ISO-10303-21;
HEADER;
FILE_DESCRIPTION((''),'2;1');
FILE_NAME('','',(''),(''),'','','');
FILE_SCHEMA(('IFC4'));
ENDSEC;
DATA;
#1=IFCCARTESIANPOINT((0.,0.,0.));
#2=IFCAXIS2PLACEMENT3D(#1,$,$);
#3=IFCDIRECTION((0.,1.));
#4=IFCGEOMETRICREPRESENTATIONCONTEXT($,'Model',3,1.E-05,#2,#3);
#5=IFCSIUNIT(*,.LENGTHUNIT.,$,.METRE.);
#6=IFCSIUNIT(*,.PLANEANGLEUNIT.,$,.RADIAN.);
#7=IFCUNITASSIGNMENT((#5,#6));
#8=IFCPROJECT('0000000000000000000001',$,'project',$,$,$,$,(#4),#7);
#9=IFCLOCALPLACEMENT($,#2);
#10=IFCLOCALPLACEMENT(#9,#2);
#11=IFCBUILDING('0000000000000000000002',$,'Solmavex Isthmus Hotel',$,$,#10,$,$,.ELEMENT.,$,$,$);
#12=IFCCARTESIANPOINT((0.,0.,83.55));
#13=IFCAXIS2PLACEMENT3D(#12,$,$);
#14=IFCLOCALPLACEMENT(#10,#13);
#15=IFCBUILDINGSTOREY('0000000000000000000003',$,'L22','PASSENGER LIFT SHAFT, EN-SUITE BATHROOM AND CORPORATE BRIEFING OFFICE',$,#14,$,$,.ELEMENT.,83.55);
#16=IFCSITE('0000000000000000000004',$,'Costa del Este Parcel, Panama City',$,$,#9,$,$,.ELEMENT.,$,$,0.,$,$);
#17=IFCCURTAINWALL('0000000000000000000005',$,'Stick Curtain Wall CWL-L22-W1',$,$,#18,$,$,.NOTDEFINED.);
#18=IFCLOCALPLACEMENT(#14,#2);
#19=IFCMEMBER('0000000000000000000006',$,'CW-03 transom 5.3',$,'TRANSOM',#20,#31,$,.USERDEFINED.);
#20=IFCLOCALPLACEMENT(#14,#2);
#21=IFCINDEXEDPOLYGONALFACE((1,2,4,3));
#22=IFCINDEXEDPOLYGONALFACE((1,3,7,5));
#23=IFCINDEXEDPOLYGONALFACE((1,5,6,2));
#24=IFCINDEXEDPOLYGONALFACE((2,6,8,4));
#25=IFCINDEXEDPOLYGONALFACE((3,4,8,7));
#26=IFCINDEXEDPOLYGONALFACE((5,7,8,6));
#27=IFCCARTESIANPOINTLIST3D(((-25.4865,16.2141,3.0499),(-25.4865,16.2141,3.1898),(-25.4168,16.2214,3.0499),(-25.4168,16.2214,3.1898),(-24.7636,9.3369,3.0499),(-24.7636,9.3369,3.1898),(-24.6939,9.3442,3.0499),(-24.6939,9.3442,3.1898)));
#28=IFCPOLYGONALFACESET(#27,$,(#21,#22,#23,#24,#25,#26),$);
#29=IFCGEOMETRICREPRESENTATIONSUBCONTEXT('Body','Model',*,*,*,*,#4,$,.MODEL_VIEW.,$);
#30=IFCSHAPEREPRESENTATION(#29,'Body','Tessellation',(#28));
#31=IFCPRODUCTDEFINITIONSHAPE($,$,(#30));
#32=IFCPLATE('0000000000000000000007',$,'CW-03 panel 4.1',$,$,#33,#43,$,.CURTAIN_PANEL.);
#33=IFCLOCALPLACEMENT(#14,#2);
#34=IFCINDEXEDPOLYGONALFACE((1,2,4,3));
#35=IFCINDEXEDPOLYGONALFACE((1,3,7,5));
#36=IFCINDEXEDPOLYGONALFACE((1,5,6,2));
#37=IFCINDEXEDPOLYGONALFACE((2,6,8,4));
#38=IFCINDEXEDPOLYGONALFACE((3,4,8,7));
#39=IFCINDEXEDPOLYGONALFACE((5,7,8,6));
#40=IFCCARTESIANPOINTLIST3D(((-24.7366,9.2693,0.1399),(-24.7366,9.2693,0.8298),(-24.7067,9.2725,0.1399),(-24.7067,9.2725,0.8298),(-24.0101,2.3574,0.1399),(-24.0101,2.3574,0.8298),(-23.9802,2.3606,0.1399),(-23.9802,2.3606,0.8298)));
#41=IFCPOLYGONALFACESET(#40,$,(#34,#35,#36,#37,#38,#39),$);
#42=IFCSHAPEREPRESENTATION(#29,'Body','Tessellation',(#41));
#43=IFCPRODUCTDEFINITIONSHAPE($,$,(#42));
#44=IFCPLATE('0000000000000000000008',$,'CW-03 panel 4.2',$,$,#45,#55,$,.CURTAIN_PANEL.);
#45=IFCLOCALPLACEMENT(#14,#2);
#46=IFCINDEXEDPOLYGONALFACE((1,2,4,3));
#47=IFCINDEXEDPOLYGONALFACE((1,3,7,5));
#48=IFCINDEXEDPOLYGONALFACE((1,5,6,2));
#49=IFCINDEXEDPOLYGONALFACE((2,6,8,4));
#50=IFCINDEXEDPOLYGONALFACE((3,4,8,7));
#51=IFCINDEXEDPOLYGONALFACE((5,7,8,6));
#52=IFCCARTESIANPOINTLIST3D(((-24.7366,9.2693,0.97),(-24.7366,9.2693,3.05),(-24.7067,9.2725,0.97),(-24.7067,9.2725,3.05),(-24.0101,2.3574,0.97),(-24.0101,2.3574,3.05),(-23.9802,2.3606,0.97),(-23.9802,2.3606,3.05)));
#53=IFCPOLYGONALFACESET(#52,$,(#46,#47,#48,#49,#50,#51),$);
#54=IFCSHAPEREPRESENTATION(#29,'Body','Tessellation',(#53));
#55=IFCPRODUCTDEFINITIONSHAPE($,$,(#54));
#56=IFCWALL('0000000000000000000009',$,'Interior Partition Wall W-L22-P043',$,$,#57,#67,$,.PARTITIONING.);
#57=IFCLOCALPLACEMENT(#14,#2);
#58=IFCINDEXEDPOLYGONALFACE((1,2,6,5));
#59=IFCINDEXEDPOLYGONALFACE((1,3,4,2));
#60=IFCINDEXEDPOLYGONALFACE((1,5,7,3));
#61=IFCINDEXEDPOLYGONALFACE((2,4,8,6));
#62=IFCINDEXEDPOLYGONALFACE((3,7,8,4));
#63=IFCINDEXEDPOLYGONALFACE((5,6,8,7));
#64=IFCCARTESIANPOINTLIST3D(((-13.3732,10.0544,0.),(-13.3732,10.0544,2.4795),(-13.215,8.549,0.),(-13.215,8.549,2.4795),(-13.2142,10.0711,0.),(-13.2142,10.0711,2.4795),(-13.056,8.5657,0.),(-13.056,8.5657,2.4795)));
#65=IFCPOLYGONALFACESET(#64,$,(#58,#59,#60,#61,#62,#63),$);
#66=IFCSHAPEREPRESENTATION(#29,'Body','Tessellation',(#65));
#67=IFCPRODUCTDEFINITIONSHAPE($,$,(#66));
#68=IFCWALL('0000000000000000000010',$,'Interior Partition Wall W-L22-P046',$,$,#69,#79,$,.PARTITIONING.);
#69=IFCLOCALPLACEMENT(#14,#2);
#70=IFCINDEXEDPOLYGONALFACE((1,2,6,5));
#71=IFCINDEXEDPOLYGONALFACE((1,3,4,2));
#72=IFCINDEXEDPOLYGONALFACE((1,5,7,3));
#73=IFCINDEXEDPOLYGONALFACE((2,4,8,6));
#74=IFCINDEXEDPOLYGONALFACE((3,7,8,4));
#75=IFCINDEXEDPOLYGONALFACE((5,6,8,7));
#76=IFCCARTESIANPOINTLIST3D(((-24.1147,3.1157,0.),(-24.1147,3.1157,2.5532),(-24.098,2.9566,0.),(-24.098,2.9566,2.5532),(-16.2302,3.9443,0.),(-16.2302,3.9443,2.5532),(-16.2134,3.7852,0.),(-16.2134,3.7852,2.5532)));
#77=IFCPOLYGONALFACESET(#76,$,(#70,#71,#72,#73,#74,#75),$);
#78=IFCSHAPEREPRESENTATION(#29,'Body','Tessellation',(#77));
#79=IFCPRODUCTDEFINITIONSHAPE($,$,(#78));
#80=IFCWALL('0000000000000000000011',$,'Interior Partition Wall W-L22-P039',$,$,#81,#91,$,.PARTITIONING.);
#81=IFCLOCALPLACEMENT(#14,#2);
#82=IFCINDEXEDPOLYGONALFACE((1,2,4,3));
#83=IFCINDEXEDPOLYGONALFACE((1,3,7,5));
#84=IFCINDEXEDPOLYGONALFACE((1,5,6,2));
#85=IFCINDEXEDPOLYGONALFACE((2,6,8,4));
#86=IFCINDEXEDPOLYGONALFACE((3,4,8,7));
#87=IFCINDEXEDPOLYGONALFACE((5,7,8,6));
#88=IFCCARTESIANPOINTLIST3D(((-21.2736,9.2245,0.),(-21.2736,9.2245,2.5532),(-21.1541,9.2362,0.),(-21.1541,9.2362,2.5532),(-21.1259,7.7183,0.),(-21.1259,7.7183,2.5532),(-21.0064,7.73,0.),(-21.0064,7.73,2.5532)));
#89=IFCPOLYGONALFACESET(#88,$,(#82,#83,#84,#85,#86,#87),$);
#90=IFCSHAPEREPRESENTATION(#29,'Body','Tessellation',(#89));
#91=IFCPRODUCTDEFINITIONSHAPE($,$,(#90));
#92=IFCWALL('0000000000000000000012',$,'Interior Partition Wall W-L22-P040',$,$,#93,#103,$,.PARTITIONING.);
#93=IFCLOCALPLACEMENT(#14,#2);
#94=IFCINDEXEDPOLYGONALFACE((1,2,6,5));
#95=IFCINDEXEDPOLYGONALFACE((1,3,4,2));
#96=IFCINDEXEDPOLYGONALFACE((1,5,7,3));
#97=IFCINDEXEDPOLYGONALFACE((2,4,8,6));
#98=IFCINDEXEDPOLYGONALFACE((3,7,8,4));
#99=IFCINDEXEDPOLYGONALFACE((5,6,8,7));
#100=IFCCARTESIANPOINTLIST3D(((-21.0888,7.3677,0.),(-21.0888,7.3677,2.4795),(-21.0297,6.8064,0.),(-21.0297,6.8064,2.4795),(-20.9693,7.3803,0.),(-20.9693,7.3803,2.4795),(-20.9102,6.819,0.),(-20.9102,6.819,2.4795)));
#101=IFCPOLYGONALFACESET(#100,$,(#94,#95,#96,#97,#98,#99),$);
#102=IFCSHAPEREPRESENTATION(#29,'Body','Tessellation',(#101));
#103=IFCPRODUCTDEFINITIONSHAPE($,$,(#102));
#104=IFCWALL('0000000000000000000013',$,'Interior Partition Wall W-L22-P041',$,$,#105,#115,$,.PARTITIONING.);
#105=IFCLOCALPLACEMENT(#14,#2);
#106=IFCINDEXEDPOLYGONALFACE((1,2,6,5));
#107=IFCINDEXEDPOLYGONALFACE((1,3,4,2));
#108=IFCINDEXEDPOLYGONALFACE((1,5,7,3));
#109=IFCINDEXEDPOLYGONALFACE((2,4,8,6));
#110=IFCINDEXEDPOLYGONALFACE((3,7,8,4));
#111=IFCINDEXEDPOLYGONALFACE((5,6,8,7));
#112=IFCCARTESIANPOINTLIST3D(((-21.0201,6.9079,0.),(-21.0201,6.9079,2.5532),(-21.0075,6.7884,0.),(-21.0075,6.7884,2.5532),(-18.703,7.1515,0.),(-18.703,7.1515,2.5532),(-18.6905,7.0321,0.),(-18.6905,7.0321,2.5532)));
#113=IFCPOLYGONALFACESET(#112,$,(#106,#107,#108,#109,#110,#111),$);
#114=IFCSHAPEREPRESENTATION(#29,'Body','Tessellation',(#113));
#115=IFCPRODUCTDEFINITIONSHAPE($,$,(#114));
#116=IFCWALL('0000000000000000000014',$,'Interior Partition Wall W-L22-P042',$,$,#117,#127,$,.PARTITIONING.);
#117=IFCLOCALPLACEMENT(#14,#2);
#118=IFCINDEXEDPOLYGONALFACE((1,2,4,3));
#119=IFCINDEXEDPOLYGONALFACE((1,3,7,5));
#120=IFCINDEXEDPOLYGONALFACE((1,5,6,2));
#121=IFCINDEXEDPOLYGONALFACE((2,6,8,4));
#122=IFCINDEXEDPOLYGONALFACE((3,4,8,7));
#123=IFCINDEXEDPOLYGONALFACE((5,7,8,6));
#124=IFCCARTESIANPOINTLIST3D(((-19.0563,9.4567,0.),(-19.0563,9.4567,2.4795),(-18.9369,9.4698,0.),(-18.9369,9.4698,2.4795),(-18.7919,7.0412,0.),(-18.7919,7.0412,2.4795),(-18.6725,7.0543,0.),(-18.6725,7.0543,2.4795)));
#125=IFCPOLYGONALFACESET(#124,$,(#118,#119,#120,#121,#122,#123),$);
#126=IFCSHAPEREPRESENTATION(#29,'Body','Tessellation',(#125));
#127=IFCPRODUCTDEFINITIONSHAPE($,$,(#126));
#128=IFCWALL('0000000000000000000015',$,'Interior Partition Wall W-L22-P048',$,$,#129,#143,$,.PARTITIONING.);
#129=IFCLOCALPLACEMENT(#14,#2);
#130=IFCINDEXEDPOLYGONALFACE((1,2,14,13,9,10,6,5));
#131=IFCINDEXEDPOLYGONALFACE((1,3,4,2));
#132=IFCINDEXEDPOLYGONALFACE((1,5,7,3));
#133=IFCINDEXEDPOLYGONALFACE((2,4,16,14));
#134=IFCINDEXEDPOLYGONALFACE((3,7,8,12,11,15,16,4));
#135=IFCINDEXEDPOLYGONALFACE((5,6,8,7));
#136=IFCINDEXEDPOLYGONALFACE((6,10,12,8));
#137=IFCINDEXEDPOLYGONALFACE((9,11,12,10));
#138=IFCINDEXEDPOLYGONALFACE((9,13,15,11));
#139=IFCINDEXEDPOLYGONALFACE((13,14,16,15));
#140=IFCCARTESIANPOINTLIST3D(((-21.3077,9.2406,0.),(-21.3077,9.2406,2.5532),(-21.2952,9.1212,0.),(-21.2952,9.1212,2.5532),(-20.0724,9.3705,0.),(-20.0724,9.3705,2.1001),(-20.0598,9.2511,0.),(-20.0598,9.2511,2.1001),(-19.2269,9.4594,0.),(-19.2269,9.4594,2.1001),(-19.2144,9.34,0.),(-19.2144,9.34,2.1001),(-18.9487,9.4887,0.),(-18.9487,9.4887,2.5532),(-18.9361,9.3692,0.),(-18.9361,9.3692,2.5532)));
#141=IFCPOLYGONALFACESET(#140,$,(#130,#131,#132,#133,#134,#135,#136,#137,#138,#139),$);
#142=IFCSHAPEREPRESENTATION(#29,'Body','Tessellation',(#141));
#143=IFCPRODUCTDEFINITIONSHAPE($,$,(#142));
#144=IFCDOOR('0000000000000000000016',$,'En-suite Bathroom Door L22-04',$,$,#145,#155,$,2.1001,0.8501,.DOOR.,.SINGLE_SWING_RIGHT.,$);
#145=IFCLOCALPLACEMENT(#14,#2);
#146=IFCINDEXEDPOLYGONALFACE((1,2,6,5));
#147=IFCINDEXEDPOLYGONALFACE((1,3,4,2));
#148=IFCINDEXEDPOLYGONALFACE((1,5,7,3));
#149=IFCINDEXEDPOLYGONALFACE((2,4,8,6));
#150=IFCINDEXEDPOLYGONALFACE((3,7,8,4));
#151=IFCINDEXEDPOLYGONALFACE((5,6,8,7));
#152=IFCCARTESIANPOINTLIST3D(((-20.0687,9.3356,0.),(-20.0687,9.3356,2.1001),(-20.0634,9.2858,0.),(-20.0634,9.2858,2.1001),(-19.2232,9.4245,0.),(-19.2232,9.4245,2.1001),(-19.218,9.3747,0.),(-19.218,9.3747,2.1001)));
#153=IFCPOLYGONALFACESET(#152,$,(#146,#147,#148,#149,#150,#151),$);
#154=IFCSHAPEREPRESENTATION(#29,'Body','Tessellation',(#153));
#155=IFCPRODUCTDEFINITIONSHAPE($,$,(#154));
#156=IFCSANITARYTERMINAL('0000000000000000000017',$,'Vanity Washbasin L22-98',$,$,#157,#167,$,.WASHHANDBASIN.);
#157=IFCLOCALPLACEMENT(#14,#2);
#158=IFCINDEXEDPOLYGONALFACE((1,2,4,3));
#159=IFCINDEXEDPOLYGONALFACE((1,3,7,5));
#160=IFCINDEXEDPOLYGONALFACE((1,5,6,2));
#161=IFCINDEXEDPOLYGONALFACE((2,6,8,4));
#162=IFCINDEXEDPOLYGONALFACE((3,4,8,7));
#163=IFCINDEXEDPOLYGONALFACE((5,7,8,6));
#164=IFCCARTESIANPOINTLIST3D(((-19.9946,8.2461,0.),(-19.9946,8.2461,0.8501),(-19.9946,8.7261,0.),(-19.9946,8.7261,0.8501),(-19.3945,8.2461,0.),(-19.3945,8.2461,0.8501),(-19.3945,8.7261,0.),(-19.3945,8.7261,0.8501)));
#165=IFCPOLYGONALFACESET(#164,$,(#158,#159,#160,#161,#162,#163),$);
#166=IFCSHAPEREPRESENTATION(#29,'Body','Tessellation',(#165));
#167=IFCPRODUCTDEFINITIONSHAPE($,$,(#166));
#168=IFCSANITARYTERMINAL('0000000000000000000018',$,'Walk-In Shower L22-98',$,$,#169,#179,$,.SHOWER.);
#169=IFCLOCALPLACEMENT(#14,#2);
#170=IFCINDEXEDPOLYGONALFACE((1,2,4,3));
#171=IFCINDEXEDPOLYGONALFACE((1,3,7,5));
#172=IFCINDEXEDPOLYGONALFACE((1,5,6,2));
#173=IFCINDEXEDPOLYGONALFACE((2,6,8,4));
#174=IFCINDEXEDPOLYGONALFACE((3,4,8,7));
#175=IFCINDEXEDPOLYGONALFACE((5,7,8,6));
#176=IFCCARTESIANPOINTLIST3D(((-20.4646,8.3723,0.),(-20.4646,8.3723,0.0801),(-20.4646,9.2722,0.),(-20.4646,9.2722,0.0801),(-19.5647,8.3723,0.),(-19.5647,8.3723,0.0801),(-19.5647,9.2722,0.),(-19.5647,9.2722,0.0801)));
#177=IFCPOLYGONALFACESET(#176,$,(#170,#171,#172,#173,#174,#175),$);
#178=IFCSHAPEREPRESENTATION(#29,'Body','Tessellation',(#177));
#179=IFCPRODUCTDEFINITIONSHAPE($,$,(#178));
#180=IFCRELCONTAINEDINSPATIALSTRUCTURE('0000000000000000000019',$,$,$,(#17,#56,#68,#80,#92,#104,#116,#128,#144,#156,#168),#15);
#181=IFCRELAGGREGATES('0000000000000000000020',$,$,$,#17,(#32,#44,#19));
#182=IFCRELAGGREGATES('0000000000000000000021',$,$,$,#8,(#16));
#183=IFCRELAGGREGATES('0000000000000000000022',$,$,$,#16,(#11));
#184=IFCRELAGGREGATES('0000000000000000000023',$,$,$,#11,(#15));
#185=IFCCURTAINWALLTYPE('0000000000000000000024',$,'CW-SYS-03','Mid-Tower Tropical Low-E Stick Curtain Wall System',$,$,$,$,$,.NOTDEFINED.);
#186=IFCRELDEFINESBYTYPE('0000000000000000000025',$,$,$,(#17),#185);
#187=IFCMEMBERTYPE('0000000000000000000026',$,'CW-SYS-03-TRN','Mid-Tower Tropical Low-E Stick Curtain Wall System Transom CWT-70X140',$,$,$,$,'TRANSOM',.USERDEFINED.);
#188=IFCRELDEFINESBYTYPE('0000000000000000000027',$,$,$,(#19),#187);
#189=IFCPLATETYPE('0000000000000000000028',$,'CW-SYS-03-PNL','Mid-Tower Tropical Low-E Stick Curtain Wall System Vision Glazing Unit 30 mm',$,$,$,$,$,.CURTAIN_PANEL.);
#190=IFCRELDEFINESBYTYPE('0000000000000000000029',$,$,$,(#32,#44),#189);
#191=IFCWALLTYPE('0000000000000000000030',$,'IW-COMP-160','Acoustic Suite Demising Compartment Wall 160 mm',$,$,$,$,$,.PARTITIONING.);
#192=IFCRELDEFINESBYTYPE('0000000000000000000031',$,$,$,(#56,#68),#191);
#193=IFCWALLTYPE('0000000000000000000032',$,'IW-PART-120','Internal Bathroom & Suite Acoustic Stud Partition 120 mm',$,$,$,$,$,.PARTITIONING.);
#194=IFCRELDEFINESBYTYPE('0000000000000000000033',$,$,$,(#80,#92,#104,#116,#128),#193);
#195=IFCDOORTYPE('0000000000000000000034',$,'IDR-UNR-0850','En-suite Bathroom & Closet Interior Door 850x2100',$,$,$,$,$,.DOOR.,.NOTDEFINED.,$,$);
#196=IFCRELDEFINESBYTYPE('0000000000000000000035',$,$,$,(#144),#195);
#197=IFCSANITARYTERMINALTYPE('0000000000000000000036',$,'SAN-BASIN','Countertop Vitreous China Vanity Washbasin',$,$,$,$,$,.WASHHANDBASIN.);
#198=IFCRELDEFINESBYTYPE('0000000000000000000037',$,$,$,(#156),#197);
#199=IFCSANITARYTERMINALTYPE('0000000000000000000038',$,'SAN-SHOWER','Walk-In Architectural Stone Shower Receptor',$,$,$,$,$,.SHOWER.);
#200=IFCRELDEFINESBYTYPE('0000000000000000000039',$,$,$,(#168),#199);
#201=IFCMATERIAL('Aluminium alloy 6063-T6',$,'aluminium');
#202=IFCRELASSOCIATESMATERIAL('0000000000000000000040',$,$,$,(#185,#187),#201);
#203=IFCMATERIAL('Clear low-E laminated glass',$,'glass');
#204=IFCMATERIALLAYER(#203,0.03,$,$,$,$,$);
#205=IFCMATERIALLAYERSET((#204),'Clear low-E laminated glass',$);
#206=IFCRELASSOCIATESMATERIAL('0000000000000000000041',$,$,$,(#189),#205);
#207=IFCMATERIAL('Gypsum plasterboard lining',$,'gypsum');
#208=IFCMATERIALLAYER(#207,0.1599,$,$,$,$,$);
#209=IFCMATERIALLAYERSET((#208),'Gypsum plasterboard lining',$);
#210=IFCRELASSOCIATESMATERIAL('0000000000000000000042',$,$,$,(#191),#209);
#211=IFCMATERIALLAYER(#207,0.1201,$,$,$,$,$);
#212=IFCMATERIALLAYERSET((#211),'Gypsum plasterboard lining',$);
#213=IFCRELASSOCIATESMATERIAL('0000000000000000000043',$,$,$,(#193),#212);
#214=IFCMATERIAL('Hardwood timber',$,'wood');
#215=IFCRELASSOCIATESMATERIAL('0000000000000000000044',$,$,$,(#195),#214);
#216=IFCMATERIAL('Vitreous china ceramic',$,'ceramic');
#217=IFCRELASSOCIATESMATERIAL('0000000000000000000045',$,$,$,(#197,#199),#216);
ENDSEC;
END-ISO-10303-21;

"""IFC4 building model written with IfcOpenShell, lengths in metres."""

from ifc_helpers import new_model, si_unit, direction, frame, frame_2d, origin, origin_2d, place, context, subcontext, project, spatial, rectangle, extrude, material, layer, layer_set, material_profile, profile_set, type_object, element, fill, aggregate, save


model = new_model("IFC4")

# Units and contexts
model_context = context("Model", 3, precision=1e-05, world=origin(), true_north=direction((0.0, 1.0)))
body_context = subcontext(model_context, "Body", "Model", "MODEL_VIEW")
ifc_project = project(units=[si_unit("LENGTHUNIT", "METRE"), si_unit("PLANEANGLEUNIT", "RADIAN")], contexts=[model_context])

# Site, building, storey
site_placement = place(None, origin())
site = spatial("IfcSite", under=ifc_project, at=site_placement, Name="Costa del Este Parcel, Panama City", CompositionType="ELEMENT", RefElevation=0.0)
building_placement = place(site_placement, origin())
building = spatial("IfcBuilding", under=site, at=building_placement, Name="Solmavex Isthmus Hotel", CompositionType="ELEMENT")
storey_placement = place(building_placement, frame((0.0, 0.0, 83.55)))
storey = spatial("IfcBuildingStorey", under=building, at=storey_placement, Name="L22", Description="PASSENGER LIFT SHAFT, EN-SUITE BATHROOM AND CORPORATE BRIEFING OFFICE", CompositionType="ELEMENT", Elevation=83.55)

# Curtain wall, member, plates
ifc_material_1 = material(Name="Aluminium alloy 6063-T6", Category="aluminium")
curtain_wall_type = type_object("IfcCurtainWallType", Name="CW-SYS-03", Description="Mid-Tower Tropical Low-E Stick Curtain Wall System", PredefinedType="NOTDEFINED", material=ifc_material_1)
curtain_wall_placement = place(storey_placement, origin())
curtain_wall = element("IfcCurtainWall", 1, at=curtain_wall_placement, inside=storey, type_object=curtain_wall_type, Name="Stick Curtain Wall CWL-L22-W1", PredefinedType="NOTDEFINED")
ifc_material_profile_1 = material_profile(ifc_material_1, rectangle(XDim=0.0701, YDim=0.1399, at=origin_2d()), Name="CWT-70X140")
ifc_profile_set_1 = profile_set([ifc_material_profile_1], Name="Aluminium alloy 6063-T6")
member_type_1 = type_object("IfcMemberType", Name="CW-SYS-03-TRN", Description="Mid-Tower Tropical Low-E Stick Curtain Wall System Transom CWT-70X140", ElementType="TRANSOM", PredefinedType="USERDEFINED", material=ifc_profile_set_1)
member_1_placement = place(storey_placement, frame((-24.7288, 9.3406, 3.1199), z_axis=(-0.10454, 0.994521, 0.0), x_axis=(-0.994521, -0.10454, 0.0)))
member_1 = element("IfcMember", 2, at=member_1_placement, type_object=member_type_1, Name="CW-03 transom 5.3", ObjectType="TRANSOM", PredefinedType="USERDEFINED", context=body_context, shape_type="SweptSolid", body=[
    extrude(rectangle(XDim=0.0701, YDim=0.1399, at=origin_2d()), origin(), (0.0, 0.0, 1.0), 6.915),
])
ifc_material_2 = material(Name="Clear low-E laminated glass", Category="glass")
ifc_layer_1 = layer(ifc_material_2, 0.03)
ifc_layer_set_1 = layer_set([ifc_layer_1], Name="Clear low-E laminated glass")
plate_type = type_object("IfcPlateType", Name="CW-SYS-03-PNL", Description="Mid-Tower Tropical Low-E Stick Curtain Wall System Vision Glazing Unit 30 mm", PredefinedType="CURTAIN_PANEL", material=ifc_layer_set_1)
plate_1_placement = place(storey_placement, frame((-24.3584, 5.8149, 0.1399), z_axis=(0.0, 0.0, 1.0), x_axis=(-0.104528, 0.994522, 0.0)))
plate_1 = element("IfcPlate", 3, at=plate_1_placement, type_object=plate_type, Name="CW-03 panel 4.1", PredefinedType="CURTAIN_PANEL", context=body_context, shape_type="SweptSolid", body=[
    extrude(rectangle(XDim=6.95, YDim=0.03, at=origin_2d()), origin(), (0.0, 0.0, 1.0), 0.6899),
])
plate_2_placement = place(storey_placement, frame((-24.3584, 5.8149, 0.97), z_axis=(0.0, 0.0, 1.0), x_axis=(-0.104528, 0.994522, 0.0)))
plate_2 = element("IfcPlate", 4, at=plate_2_placement, type_object=plate_type, Name="CW-03 panel 4.2", PredefinedType="CURTAIN_PANEL", context=body_context, shape_type="SweptSolid", body=[
    extrude(rectangle(XDim=6.95, YDim=0.03, at=origin_2d()), origin(), (0.0, 0.0, 1.0), 2.0801),
])
aggregate(curtain_wall, [plate_1, plate_2, member_1])

# Shared definitions
ifc_material_3 = material(Name="Gypsum plasterboard lining", Category="gypsum")
ifc_layer_2 = layer(ifc_material_3, 0.1599)
ifc_layer_set_2 = layer_set([ifc_layer_2], Name="Gypsum plasterboard lining")
wall_type_1 = type_object("IfcWallType", Name="IW-COMP-160", Description="Acoustic Suite Demising Compartment Wall 160 mm", PredefinedType="PARTITIONING", material=ifc_layer_set_2)
ifc_material_4 = material(Name="Hardwood timber", Category="wood")

# Walls
wall_1_placement = place(storey_placement, frame((-13.2937, 10.0627, 0.0), z_axis=(0.0, 0.0, 1.0), x_axis=(0.104517, -0.994523, 0.0)))
element("IfcWall", 5, at=wall_1_placement, inside=storey, type_object=wall_type_1, Name="Interior Partition Wall W-L22-P043", PredefinedType="PARTITIONING", context=body_context, shape_type="SweptSolid", body=[
    extrude(rectangle(XDim=1.5137, YDim=0.1599, at=frame_2d((0.7568, 0.0))), origin(), (0.0, 0.0, 1.0), 2.4795),
])
wall_2_placement = place(storey_placement, frame((-16.2219, 3.8647, 0.0), z_axis=(0.0, 0.0, 1.0), x_axis=(-0.994523, -0.104518, 0.0)))
element("IfcWall", 6, at=wall_2_placement, inside=storey, type_object=wall_type_1, Name="Interior Partition Wall W-L22-P046", PredefinedType="PARTITIONING", context=body_context, shape_type="SweptSolid", body=[
    extrude(rectangle(XDim=7.928, YDim=0.1599, at=frame_2d((3.9639, 0.0))), origin(), (0.0, 0.0, 1.0), 2.5532),
])

# Walls
ifc_layer_3 = layer(ifc_material_3, 0.1201)
ifc_layer_set_3 = layer_set([ifc_layer_3], Name="Gypsum plasterboard lining")
wall_type_2 = type_object("IfcWallType", Name="IW-PART-120", Description="Internal Bathroom & Suite Acoustic Stud Partition 120 mm", PredefinedType="PARTITIONING", material=ifc_layer_set_3)
wall_3_placement = place(storey_placement, frame((-21.2139, 9.2305, 0.0), z_axis=(0.0, 0.0, 1.0), x_axis=(0.097603, -0.995225, 0.0)))
element("IfcWall", 7, at=wall_3_placement, inside=storey, type_object=wall_type_2, Name="Interior Partition Wall W-L22-P039", PredefinedType="PARTITIONING", context=body_context, shape_type="SweptSolid", body=[
    extrude(rectangle(XDim=1.5134, YDim=0.1201, at=frame_2d((0.7568, 0.0))), origin(), (0.0, 0.0, 1.0), 2.5532),
])
wall_4_placement = place(storey_placement, frame((-21.0291, 7.374, 0.0), z_axis=(0.0, 0.0, 1.0), x_axis=(0.104685, -0.994505, 0.0)))
element("IfcWall", 8, at=wall_4_placement, inside=storey, type_object=wall_type_2, Name="Interior Partition Wall W-L22-P040", PredefinedType="PARTITIONING", context=body_context, shape_type="SweptSolid", body=[
    extrude(rectangle(XDim=0.5645, YDim=0.1201, at=frame_2d((0.2822, 0.0))), origin(), (0.0, 0.0, 1.0), 2.4795),
])
wall_5_placement = place(storey_placement, frame((-21.0139, 6.8481, 0.0), z_axis=(0.0, 0.0, 1.0), x_axis=(0.994517, 0.104576, 0.0)))
element("IfcWall", 9, at=wall_5_placement, inside=storey, type_object=wall_type_2, Name="Interior Partition Wall W-L22-P041", PredefinedType="PARTITIONING", context=body_context, shape_type="SweptSolid", body=[
    extrude(rectangle(XDim=2.3298, YDim=0.1201, at=frame_2d((1.165, 0.0))), origin(), (0.0, 0.0, 1.0), 2.5532),
])
wall_6_placement = place(storey_placement, frame((-18.7322, 7.0479, 0.0), z_axis=(0.0, 0.0, 1.0), x_axis=(-0.10881, 0.994063, 0.0)))
element("IfcWall", 10, at=wall_6_placement, inside=storey, type_object=wall_type_2, Name="Interior Partition Wall W-L22-P042", PredefinedType="PARTITIONING", context=body_context, shape_type="SweptSolid", body=[
    extrude(rectangle(XDim=2.4299, YDim=0.1201, at=frame_2d((1.2148, 0.0))), origin(), (0.0, 0.0, 1.0), 2.4795),
])

# Wall, opening, door
wall_7_placement = place(storey_placement, frame((-18.9424, 9.429, 0.0), z_axis=(0.0, 0.0, 1.0), x_axis=(-0.994518, -0.104567, 0.0)))
wall_7 = element("IfcWall", 11, at=wall_7_placement, inside=storey, type_object=wall_type_2, Name="Interior Partition Wall W-L22-P048", PredefinedType="PARTITIONING", context=body_context, shape_type="SweptSolid", body=[
    extrude(rectangle(XDim=2.3721, YDim=0.1201, at=frame_2d((1.186, 0.0))), origin(), (0.0, 0.0, 1.0), 2.5532),
])
opening_1_placement = place(wall_7_placement, frame((0.2798, 0.0, 0.0)))
opening_1 = element("IfcOpeningElement", 12, at=opening_1_placement, cuts=wall_7, PredefinedType="OPENING", context=body_context, shape_type="SweptSolid", body=[
    extrude(rectangle(XDim=0.8501, YDim=2.1001, at=frame_2d((0.425, 1.05))), frame((0.0, 0.0701, 0.0), z_axis=(0.0, -1.0, 0.0), x_axis=(1.0, 0.0, 0.0)), (0.0, 0.0, 1.0), 0.1401),
])
door_type_1 = type_object("IfcDoorType", Name="IDR-UNR-0850", Description="En-suite Bathroom & Closet Interior Door 850x2100", OperationType="NOTDEFINED", PredefinedType="DOOR", material=ifc_material_4)
door_1_placement = place(opening_1_placement, frame((0.8501, 0.0, 0.0), z_axis=(0.0, 0.0, 1.0), x_axis=(-1.0, 0.0, 0.0)))
door_1 = element("IfcDoor", 13, at=door_1_placement, inside=storey, type_object=door_type_1, Name="En-suite Bathroom Door L22-04", OperationType="SINGLE_SWING_RIGHT", OverallHeight=2.1001, OverallWidth=0.8501, PredefinedType="DOOR", context=body_context, shape_type="SweptSolid", body=[
    extrude(rectangle(XDim=0.8501, YDim=2.1001, at=frame_2d((0.425, 1.05))), frame((0.0, 0.0249, 0.0), z_axis=(0.0, -1.0, 0.0), x_axis=(1.0, 0.0, 0.0)), (0.0, 0.0, 1.0), 0.05),
])
fill(opening_1, door_1)

# Sanitary terminals
ifc_material_5 = material(Name="Vitreous china ceramic", Category="ceramic")
sanitary_terminal_type_1 = type_object("IfcSanitaryTerminalType", Name="SAN-BASIN", Description="Countertop Vitreous China Vanity Washbasin", PredefinedType="WASHHANDBASIN", material=ifc_material_5)
sanitary_terminal_1_placement = place(storey_placement, frame((-19.6946, 8.4861, 0.0), z_axis=(0.0, 0.0, 1.0), x_axis=(1.0, 0.0, 0.0)))
element("IfcSanitaryTerminal", 14, at=sanitary_terminal_1_placement, inside=storey, type_object=sanitary_terminal_type_1, Name="Vanity Washbasin L22-98", PredefinedType="WASHHANDBASIN", context=body_context, shape_type="SweptSolid", body=[
    extrude(rectangle(XDim=0.6001, YDim=0.48, at=origin_2d()), origin(), (0.0, 0.0, 1.0), 0.8501),
])
sanitary_terminal_type_2 = type_object("IfcSanitaryTerminalType", Name="SAN-SHOWER", Description="Walk-In Architectural Stone Shower Receptor", PredefinedType="SHOWER", material=ifc_material_5)
sanitary_terminal_2_placement = place(storey_placement, frame((-20.0146, 8.8223, 0.0), z_axis=(0.0, 0.0, 1.0), x_axis=(1.0, 0.0, 0.0)))
element("IfcSanitaryTerminal", 15, at=sanitary_terminal_2_placement, inside=storey, type_object=sanitary_terminal_type_2, Name="Walk-In Shower L22-98", PredefinedType="SHOWER", context=body_context, shape_type="SweptSolid", body=[
    extrude(rectangle(XDim=0.8999, YDim=0.8999, at=origin_2d()), origin(), (0.0, 0.0, 1.0), 0.0801),
])

save(model, "model.ifc")
